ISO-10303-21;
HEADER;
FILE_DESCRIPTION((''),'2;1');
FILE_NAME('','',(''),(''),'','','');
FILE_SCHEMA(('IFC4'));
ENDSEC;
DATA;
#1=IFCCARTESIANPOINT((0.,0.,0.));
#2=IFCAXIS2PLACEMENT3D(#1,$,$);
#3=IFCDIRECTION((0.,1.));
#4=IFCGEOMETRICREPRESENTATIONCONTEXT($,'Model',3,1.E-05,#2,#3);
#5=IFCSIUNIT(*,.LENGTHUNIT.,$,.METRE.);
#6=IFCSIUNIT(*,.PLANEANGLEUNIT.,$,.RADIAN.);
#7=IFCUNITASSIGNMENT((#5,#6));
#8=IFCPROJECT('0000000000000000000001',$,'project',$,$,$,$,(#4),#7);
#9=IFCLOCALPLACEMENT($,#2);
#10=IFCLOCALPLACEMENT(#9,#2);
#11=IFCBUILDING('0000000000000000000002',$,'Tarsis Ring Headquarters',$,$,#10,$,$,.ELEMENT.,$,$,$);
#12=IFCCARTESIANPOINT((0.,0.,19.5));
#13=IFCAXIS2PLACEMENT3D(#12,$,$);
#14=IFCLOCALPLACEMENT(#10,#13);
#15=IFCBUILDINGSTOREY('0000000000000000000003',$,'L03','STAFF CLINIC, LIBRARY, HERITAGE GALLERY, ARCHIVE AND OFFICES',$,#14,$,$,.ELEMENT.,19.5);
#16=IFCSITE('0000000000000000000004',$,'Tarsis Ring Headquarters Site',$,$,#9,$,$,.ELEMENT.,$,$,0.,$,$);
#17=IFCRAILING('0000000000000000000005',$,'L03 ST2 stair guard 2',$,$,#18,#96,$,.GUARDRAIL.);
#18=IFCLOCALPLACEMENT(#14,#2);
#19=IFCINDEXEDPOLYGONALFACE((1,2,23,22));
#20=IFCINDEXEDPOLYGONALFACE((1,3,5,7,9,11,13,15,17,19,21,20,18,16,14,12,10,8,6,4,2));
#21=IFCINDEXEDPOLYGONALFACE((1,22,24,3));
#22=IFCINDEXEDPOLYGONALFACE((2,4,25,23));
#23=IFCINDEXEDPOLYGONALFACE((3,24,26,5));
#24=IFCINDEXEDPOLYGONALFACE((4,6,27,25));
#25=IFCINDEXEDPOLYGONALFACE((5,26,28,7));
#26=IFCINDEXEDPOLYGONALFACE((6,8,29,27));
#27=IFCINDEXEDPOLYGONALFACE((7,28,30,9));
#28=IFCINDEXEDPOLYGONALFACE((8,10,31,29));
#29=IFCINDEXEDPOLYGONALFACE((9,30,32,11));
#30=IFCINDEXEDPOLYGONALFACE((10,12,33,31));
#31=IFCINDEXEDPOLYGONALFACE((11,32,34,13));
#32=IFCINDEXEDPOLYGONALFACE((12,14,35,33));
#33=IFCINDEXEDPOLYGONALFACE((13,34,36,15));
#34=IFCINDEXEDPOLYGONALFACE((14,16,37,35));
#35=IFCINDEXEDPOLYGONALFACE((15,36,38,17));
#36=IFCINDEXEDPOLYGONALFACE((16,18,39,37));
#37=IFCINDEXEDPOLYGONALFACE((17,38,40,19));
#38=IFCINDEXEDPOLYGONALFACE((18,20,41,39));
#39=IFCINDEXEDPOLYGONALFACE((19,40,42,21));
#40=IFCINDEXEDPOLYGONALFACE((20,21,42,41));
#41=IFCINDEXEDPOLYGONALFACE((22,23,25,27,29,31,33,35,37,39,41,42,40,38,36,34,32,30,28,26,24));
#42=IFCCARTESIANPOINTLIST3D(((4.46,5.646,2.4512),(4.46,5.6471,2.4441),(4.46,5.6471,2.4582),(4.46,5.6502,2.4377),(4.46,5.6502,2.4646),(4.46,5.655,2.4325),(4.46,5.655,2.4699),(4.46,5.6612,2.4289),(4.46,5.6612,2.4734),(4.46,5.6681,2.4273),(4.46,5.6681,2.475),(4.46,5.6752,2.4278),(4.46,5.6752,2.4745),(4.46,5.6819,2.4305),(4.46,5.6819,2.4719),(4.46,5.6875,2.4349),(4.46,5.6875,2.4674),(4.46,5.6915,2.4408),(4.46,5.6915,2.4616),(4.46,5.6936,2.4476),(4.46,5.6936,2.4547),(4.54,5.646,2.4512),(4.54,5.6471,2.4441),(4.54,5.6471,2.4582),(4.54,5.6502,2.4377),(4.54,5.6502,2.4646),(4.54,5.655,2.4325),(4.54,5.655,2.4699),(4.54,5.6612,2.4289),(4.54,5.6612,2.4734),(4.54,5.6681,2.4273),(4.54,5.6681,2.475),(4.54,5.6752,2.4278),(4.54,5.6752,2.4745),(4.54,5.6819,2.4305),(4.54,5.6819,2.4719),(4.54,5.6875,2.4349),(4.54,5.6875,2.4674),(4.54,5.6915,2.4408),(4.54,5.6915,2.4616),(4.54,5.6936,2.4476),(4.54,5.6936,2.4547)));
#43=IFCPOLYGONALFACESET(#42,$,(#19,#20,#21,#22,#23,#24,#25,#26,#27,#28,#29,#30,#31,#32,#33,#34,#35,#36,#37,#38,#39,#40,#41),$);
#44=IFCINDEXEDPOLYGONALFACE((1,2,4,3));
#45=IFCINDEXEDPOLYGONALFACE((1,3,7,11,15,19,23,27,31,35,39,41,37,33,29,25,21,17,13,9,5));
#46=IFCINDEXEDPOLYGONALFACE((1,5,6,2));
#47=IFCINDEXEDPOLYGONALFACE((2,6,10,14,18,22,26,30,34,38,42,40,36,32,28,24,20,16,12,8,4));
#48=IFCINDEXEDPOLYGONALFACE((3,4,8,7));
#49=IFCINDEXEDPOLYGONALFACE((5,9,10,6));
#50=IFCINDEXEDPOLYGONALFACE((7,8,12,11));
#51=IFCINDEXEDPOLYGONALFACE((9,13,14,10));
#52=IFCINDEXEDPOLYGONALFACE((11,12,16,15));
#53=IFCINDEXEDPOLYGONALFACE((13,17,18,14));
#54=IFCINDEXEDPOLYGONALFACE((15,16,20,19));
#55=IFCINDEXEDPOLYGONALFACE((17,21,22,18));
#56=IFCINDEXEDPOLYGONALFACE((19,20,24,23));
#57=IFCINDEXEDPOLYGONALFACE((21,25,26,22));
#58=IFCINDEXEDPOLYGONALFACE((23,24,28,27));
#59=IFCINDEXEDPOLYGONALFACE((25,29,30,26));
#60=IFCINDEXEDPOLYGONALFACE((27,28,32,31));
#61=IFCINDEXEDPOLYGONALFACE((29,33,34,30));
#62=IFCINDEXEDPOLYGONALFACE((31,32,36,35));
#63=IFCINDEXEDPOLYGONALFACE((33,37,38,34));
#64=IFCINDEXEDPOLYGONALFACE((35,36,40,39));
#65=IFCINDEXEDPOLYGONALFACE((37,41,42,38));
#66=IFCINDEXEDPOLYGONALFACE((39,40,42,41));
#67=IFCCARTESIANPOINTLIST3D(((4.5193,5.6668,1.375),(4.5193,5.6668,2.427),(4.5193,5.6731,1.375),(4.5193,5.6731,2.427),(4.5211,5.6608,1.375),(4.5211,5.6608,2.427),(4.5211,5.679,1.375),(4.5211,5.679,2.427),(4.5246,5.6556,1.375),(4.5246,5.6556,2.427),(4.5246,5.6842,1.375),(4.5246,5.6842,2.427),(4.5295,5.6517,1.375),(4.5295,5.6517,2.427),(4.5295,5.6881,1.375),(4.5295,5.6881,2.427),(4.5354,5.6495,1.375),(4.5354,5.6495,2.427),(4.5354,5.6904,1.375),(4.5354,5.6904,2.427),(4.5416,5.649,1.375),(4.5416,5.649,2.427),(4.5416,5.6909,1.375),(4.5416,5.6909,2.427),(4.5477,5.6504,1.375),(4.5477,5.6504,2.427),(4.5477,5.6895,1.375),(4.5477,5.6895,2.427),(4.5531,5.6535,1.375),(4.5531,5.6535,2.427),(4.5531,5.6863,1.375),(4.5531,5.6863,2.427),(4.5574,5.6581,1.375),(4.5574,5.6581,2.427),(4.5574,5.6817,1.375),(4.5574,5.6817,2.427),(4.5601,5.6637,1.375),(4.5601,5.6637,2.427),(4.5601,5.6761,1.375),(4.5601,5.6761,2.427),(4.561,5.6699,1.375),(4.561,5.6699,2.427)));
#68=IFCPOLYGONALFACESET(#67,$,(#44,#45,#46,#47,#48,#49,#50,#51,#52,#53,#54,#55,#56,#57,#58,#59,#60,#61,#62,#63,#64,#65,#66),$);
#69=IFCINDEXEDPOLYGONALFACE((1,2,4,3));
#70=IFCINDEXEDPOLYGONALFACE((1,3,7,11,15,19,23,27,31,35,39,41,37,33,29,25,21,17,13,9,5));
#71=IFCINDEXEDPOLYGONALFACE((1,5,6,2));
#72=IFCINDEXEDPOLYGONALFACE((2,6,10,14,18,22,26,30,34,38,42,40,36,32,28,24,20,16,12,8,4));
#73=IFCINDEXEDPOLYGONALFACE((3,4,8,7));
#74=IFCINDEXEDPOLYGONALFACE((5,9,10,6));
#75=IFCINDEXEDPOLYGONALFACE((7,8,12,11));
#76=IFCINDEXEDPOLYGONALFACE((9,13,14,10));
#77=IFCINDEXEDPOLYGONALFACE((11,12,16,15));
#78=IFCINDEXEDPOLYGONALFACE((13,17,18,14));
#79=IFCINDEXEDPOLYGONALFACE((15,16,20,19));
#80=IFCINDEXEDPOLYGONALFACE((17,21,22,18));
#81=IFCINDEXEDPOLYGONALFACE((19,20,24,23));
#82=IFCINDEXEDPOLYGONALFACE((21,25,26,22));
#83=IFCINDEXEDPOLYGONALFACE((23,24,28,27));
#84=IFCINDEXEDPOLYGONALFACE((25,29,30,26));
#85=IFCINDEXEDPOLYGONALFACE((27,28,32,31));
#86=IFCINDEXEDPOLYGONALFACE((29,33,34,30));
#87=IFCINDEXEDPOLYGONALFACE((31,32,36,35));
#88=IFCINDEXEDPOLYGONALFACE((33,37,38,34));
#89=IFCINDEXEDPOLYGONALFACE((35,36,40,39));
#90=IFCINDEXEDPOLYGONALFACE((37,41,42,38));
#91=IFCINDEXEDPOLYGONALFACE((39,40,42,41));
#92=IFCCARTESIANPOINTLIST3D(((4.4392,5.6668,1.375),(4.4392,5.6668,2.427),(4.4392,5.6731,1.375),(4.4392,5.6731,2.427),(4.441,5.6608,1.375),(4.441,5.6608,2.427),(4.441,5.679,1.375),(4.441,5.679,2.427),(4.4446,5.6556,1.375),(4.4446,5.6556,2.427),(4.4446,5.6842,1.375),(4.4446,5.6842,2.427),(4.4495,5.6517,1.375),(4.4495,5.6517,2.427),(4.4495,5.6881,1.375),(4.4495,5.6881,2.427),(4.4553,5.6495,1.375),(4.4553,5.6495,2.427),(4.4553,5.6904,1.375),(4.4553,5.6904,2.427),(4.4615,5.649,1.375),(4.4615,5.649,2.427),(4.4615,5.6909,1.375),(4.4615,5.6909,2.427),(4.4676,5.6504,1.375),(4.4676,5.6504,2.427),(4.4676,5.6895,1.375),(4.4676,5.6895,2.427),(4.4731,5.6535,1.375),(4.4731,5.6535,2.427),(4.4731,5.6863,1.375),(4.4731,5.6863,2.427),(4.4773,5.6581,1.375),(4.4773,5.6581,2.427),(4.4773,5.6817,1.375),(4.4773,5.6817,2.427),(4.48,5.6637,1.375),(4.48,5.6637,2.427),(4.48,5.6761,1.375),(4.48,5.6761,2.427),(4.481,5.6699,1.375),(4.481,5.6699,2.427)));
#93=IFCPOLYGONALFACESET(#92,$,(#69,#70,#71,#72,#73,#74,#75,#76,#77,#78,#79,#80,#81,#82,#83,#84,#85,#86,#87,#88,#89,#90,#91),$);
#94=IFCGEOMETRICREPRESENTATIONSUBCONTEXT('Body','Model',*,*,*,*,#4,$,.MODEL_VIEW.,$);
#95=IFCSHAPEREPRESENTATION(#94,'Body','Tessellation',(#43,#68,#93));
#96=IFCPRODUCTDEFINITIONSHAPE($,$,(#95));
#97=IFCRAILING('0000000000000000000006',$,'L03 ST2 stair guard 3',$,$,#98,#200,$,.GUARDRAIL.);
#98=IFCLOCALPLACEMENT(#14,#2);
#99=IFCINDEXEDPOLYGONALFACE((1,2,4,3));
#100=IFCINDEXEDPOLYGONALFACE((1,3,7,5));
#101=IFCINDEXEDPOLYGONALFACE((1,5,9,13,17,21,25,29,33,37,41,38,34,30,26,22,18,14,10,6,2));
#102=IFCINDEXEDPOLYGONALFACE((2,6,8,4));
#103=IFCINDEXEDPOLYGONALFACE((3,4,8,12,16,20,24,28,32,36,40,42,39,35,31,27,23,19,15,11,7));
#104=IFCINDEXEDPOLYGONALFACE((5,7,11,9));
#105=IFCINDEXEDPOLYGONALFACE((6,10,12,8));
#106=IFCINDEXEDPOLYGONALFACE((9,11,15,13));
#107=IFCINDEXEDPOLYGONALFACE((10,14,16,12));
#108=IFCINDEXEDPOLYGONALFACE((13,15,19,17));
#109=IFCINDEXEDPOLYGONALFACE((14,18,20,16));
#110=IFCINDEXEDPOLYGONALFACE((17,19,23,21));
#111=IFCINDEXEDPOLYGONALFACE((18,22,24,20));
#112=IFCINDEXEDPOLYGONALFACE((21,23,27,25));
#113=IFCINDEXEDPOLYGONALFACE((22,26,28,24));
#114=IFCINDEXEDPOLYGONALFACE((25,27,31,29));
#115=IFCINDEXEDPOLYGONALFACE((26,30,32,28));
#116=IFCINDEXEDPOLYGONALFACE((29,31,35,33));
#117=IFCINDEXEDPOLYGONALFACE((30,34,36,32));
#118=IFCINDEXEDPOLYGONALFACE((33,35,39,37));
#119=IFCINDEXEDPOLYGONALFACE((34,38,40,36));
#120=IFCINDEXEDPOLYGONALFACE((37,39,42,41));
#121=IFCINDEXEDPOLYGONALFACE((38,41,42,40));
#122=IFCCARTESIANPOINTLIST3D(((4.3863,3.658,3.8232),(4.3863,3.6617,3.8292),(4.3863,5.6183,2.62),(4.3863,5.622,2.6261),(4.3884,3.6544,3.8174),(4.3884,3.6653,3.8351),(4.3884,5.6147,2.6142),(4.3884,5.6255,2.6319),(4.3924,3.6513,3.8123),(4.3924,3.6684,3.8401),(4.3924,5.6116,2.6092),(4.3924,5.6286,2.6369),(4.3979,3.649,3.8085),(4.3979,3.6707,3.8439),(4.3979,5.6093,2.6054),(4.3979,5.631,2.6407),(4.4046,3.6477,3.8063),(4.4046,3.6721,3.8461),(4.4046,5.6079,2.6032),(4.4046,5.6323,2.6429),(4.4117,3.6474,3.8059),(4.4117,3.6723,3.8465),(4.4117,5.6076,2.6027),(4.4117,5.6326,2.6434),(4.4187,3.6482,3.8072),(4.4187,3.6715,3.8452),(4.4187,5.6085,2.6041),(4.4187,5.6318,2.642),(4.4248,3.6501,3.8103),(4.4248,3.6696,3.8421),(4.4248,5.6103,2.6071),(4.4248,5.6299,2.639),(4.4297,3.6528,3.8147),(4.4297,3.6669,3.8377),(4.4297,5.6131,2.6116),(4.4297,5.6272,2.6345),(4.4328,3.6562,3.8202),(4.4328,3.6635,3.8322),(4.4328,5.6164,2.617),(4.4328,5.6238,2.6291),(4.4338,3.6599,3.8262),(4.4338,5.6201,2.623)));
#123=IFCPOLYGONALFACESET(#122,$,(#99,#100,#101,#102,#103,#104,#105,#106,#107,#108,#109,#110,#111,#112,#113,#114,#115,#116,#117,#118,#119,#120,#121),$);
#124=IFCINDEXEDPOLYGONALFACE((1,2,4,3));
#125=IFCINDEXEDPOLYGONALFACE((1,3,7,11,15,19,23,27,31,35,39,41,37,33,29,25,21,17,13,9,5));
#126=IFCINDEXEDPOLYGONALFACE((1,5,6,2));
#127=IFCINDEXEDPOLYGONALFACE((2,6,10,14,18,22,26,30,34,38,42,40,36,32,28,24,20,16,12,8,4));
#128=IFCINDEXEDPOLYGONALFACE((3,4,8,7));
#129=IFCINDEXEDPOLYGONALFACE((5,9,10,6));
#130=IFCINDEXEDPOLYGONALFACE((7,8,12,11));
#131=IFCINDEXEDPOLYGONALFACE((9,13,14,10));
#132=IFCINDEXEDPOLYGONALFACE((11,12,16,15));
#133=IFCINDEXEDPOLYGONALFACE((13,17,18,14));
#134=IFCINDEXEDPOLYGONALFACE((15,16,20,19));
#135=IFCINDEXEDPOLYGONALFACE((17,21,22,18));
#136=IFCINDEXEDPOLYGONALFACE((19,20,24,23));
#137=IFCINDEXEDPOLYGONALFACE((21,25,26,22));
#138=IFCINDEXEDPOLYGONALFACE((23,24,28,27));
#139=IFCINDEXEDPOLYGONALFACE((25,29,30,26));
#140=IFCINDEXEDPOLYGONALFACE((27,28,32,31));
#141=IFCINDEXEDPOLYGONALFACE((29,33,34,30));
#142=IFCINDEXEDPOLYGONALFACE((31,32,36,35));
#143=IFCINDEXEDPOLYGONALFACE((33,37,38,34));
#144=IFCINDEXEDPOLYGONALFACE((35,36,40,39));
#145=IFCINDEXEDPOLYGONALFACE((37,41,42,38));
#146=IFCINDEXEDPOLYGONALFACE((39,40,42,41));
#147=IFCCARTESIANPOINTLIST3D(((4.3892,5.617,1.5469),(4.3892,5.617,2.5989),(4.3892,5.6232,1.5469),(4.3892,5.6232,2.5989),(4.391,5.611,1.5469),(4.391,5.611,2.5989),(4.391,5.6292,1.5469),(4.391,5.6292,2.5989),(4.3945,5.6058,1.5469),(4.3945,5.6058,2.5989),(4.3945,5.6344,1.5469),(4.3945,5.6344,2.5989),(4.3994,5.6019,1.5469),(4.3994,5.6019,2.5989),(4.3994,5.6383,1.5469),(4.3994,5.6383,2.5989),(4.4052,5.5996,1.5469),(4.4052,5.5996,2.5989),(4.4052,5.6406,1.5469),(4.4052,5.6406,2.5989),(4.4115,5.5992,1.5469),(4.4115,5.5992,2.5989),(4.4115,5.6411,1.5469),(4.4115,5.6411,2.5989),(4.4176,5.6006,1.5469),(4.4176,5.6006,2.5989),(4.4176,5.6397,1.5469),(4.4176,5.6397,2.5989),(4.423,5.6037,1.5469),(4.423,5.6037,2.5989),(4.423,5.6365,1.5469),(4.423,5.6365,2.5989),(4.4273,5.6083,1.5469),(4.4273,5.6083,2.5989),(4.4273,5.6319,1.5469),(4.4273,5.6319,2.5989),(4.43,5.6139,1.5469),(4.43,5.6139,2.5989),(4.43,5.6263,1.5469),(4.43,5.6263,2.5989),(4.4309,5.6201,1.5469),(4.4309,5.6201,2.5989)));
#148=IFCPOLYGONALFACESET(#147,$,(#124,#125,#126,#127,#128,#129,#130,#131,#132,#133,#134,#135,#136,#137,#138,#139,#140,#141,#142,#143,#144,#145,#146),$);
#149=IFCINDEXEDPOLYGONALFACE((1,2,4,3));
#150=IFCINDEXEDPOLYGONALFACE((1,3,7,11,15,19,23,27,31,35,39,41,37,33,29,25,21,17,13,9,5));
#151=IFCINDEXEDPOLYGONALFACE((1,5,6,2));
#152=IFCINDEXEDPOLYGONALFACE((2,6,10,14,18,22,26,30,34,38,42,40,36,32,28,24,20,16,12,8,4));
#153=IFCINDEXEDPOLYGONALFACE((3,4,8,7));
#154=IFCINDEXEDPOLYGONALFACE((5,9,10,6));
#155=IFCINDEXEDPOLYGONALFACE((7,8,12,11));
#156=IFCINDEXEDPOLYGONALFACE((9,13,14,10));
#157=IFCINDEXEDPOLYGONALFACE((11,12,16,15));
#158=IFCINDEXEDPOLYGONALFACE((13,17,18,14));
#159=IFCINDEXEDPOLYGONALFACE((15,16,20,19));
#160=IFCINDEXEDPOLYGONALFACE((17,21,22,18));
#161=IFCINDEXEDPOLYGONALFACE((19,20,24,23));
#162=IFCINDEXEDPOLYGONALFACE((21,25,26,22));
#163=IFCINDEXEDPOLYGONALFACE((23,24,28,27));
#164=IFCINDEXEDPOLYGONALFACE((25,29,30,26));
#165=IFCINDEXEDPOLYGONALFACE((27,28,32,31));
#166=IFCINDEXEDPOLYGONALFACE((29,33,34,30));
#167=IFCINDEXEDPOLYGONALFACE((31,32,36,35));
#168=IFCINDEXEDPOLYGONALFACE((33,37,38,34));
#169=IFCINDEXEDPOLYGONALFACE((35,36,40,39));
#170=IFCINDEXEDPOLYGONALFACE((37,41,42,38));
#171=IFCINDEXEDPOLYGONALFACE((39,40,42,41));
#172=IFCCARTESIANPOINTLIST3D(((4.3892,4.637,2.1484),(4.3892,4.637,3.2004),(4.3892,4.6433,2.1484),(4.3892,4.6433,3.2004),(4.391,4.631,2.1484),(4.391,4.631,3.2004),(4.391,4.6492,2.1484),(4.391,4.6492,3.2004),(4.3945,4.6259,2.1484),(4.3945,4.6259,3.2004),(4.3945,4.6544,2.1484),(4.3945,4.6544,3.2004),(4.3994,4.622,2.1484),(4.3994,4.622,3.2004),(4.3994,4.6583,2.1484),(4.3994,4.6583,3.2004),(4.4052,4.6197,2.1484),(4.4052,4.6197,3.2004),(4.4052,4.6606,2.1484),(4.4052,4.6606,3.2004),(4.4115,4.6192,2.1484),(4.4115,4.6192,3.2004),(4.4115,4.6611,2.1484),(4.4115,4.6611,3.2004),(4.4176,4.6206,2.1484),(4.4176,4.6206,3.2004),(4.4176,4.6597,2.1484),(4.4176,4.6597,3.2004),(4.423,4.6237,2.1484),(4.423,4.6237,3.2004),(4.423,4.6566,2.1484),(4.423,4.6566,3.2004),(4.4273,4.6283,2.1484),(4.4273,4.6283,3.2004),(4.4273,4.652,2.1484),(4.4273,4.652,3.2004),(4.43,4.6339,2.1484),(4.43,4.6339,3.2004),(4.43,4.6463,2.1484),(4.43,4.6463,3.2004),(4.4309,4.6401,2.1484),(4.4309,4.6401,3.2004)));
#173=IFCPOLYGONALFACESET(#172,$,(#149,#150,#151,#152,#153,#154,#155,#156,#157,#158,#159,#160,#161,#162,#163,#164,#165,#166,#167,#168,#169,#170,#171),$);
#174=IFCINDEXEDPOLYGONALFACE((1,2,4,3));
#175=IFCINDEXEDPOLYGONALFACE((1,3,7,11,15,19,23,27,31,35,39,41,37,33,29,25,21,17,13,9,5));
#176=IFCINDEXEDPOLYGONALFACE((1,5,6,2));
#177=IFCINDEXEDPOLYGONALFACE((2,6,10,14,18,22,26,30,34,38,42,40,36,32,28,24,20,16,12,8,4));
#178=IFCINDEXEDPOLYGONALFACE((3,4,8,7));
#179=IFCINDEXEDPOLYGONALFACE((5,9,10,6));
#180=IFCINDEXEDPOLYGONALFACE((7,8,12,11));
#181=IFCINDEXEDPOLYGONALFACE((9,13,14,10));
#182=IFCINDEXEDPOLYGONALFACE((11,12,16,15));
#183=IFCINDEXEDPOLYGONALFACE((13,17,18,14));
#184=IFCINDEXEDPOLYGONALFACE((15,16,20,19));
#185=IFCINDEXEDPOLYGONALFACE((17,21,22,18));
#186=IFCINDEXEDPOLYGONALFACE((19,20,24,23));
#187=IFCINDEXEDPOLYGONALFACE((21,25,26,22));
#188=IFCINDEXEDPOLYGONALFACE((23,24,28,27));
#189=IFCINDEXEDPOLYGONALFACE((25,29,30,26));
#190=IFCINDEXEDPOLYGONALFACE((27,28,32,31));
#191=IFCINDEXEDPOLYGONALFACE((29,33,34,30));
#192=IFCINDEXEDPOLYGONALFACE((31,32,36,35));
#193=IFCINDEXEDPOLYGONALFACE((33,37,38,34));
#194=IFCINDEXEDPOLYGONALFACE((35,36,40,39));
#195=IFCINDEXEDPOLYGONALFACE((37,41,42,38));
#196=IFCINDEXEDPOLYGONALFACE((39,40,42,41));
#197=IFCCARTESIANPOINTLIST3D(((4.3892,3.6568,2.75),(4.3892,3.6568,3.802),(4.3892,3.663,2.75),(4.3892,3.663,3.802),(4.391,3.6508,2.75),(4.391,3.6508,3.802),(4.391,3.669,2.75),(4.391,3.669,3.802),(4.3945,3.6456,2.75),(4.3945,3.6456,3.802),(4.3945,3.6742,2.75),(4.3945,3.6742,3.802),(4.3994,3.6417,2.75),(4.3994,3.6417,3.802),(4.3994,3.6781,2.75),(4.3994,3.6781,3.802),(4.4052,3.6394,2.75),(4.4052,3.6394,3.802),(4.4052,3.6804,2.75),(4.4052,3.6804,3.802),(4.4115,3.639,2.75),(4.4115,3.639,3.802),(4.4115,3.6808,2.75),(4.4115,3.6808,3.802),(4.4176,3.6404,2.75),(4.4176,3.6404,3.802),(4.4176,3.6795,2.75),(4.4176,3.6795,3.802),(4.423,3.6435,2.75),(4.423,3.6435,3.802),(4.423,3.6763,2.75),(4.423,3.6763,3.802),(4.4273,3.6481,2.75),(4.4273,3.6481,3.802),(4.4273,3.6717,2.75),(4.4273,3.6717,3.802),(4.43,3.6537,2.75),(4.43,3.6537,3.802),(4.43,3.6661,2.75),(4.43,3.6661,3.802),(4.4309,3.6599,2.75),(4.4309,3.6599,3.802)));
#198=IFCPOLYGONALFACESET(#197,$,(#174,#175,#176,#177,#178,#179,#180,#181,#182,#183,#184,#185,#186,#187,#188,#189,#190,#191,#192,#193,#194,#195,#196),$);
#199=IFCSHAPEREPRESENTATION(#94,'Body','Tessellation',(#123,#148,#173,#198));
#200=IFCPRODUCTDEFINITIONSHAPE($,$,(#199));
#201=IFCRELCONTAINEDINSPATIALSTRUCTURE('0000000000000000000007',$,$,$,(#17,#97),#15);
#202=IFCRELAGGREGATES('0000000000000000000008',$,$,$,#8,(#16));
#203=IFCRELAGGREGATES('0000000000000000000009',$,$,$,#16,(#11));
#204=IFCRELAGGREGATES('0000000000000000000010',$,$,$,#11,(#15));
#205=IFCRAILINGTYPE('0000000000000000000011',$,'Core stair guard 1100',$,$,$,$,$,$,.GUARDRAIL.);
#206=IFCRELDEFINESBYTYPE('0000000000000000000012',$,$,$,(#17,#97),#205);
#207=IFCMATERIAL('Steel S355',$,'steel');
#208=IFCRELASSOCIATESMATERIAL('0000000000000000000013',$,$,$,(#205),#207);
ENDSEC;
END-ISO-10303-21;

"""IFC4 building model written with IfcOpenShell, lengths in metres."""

from ifc_helpers import new_model, si_unit, direction, frame, origin, origin_2d, place, context, subcontext, project, spatial, circle, extrude, material, type_object, element, save


model = new_model("IFC4")

# Units and contexts
model_context = context("Model", 3, precision=1e-05, world=origin(), true_north=direction((0.0, 1.0)))
body_context = subcontext(model_context, "Body", "Model", "MODEL_VIEW")
ifc_project = project(units=[si_unit("LENGTHUNIT", "METRE"), si_unit("PLANEANGLEUNIT", "RADIAN")], contexts=[model_context])

# Site, building, storey
site_placement = place(None, origin())
site = spatial("IfcSite", under=ifc_project, at=site_placement, Name="Tarsis Ring Headquarters Site", CompositionType="ELEMENT", RefElevation=0.0)
building_placement = place(site_placement, origin())
building = spatial("IfcBuilding", under=site, at=building_placement, Name="Tarsis Ring Headquarters", CompositionType="ELEMENT")
storey_placement = place(building_placement, frame((0.0, 0.0, 19.5)))
storey = spatial("IfcBuildingStorey", under=building, at=storey_placement, Name="L03", Description="STAFF CLINIC, LIBRARY, HERITAGE GALLERY, ARCHIVE AND OFFICES", CompositionType="ELEMENT", Elevation=19.5)

# Railings
ifc_material_1 = material(Name="Steel S355", Category="steel")
railing_type_1 = type_object("IfcRailingType", Name="Core stair guard 1100", PredefinedType="GUARDRAIL", material=ifc_material_1)
railing_1_placement = place(storey_placement, frame((4.54, 5.6699, 1.375)))
element("IfcRailing", 1, at=railing_1_placement, inside=storey, type_object=railing_type_1, Name="L03 ST2 stair guard 2", PredefinedType="GUARDRAIL", context=body_context, shape_type="SweptSolid", body=[
    extrude(circle(Radius=0.0239, at=origin_2d()), frame((0.0, 0.0, 1.0762), z_axis=(-1.0, 0.0, 0.0), x_axis=(0.0, -1.0, 0.0)), (0.0, 0.0, 1.0), 0.0801),
    extrude(circle(Radius=0.021, at=origin_2d()), origin(), (0.0, 0.0, 1.0), 1.052),
    extrude(circle(Radius=0.021, at=origin_2d()), frame((-0.0801, 0.0, 0.0)), (0.0, 0.0, 1.0), 1.052),
])
railing_2_placement = place(storey_placement, frame((4.4099, 5.6201, 1.5469)))
element("IfcRailing", 2, at=railing_2_placement, inside=storey, type_object=railing_type_1, Name="L03 ST2 stair guard 3", PredefinedType="GUARDRAIL", context=body_context, shape_type="SweptSolid", body=[
    extrude(circle(Radius=0.0239, at=origin_2d()), frame((0.0, 0.0, 1.0762), z_axis=(0.0, -0.85227, 0.523102), x_axis=(1.0, 0.0, 0.0)), (0.0, 0.0, 1.0), 2.3),
    extrude(circle(Radius=0.021, at=origin_2d()), origin(), (0.0, 0.0, 1.0), 1.052),
    extrude(circle(Radius=0.021, at=origin_2d()), frame((0.0, -0.98, 0.6016)), (0.0, 0.0, 1.0), 1.052),
    extrude(circle(Radius=0.021, at=origin_2d()), frame((0.0, -1.9602, 1.2031)), (0.0, 0.0, 1.0), 1.052),
])

save(model, "model.ifc")
